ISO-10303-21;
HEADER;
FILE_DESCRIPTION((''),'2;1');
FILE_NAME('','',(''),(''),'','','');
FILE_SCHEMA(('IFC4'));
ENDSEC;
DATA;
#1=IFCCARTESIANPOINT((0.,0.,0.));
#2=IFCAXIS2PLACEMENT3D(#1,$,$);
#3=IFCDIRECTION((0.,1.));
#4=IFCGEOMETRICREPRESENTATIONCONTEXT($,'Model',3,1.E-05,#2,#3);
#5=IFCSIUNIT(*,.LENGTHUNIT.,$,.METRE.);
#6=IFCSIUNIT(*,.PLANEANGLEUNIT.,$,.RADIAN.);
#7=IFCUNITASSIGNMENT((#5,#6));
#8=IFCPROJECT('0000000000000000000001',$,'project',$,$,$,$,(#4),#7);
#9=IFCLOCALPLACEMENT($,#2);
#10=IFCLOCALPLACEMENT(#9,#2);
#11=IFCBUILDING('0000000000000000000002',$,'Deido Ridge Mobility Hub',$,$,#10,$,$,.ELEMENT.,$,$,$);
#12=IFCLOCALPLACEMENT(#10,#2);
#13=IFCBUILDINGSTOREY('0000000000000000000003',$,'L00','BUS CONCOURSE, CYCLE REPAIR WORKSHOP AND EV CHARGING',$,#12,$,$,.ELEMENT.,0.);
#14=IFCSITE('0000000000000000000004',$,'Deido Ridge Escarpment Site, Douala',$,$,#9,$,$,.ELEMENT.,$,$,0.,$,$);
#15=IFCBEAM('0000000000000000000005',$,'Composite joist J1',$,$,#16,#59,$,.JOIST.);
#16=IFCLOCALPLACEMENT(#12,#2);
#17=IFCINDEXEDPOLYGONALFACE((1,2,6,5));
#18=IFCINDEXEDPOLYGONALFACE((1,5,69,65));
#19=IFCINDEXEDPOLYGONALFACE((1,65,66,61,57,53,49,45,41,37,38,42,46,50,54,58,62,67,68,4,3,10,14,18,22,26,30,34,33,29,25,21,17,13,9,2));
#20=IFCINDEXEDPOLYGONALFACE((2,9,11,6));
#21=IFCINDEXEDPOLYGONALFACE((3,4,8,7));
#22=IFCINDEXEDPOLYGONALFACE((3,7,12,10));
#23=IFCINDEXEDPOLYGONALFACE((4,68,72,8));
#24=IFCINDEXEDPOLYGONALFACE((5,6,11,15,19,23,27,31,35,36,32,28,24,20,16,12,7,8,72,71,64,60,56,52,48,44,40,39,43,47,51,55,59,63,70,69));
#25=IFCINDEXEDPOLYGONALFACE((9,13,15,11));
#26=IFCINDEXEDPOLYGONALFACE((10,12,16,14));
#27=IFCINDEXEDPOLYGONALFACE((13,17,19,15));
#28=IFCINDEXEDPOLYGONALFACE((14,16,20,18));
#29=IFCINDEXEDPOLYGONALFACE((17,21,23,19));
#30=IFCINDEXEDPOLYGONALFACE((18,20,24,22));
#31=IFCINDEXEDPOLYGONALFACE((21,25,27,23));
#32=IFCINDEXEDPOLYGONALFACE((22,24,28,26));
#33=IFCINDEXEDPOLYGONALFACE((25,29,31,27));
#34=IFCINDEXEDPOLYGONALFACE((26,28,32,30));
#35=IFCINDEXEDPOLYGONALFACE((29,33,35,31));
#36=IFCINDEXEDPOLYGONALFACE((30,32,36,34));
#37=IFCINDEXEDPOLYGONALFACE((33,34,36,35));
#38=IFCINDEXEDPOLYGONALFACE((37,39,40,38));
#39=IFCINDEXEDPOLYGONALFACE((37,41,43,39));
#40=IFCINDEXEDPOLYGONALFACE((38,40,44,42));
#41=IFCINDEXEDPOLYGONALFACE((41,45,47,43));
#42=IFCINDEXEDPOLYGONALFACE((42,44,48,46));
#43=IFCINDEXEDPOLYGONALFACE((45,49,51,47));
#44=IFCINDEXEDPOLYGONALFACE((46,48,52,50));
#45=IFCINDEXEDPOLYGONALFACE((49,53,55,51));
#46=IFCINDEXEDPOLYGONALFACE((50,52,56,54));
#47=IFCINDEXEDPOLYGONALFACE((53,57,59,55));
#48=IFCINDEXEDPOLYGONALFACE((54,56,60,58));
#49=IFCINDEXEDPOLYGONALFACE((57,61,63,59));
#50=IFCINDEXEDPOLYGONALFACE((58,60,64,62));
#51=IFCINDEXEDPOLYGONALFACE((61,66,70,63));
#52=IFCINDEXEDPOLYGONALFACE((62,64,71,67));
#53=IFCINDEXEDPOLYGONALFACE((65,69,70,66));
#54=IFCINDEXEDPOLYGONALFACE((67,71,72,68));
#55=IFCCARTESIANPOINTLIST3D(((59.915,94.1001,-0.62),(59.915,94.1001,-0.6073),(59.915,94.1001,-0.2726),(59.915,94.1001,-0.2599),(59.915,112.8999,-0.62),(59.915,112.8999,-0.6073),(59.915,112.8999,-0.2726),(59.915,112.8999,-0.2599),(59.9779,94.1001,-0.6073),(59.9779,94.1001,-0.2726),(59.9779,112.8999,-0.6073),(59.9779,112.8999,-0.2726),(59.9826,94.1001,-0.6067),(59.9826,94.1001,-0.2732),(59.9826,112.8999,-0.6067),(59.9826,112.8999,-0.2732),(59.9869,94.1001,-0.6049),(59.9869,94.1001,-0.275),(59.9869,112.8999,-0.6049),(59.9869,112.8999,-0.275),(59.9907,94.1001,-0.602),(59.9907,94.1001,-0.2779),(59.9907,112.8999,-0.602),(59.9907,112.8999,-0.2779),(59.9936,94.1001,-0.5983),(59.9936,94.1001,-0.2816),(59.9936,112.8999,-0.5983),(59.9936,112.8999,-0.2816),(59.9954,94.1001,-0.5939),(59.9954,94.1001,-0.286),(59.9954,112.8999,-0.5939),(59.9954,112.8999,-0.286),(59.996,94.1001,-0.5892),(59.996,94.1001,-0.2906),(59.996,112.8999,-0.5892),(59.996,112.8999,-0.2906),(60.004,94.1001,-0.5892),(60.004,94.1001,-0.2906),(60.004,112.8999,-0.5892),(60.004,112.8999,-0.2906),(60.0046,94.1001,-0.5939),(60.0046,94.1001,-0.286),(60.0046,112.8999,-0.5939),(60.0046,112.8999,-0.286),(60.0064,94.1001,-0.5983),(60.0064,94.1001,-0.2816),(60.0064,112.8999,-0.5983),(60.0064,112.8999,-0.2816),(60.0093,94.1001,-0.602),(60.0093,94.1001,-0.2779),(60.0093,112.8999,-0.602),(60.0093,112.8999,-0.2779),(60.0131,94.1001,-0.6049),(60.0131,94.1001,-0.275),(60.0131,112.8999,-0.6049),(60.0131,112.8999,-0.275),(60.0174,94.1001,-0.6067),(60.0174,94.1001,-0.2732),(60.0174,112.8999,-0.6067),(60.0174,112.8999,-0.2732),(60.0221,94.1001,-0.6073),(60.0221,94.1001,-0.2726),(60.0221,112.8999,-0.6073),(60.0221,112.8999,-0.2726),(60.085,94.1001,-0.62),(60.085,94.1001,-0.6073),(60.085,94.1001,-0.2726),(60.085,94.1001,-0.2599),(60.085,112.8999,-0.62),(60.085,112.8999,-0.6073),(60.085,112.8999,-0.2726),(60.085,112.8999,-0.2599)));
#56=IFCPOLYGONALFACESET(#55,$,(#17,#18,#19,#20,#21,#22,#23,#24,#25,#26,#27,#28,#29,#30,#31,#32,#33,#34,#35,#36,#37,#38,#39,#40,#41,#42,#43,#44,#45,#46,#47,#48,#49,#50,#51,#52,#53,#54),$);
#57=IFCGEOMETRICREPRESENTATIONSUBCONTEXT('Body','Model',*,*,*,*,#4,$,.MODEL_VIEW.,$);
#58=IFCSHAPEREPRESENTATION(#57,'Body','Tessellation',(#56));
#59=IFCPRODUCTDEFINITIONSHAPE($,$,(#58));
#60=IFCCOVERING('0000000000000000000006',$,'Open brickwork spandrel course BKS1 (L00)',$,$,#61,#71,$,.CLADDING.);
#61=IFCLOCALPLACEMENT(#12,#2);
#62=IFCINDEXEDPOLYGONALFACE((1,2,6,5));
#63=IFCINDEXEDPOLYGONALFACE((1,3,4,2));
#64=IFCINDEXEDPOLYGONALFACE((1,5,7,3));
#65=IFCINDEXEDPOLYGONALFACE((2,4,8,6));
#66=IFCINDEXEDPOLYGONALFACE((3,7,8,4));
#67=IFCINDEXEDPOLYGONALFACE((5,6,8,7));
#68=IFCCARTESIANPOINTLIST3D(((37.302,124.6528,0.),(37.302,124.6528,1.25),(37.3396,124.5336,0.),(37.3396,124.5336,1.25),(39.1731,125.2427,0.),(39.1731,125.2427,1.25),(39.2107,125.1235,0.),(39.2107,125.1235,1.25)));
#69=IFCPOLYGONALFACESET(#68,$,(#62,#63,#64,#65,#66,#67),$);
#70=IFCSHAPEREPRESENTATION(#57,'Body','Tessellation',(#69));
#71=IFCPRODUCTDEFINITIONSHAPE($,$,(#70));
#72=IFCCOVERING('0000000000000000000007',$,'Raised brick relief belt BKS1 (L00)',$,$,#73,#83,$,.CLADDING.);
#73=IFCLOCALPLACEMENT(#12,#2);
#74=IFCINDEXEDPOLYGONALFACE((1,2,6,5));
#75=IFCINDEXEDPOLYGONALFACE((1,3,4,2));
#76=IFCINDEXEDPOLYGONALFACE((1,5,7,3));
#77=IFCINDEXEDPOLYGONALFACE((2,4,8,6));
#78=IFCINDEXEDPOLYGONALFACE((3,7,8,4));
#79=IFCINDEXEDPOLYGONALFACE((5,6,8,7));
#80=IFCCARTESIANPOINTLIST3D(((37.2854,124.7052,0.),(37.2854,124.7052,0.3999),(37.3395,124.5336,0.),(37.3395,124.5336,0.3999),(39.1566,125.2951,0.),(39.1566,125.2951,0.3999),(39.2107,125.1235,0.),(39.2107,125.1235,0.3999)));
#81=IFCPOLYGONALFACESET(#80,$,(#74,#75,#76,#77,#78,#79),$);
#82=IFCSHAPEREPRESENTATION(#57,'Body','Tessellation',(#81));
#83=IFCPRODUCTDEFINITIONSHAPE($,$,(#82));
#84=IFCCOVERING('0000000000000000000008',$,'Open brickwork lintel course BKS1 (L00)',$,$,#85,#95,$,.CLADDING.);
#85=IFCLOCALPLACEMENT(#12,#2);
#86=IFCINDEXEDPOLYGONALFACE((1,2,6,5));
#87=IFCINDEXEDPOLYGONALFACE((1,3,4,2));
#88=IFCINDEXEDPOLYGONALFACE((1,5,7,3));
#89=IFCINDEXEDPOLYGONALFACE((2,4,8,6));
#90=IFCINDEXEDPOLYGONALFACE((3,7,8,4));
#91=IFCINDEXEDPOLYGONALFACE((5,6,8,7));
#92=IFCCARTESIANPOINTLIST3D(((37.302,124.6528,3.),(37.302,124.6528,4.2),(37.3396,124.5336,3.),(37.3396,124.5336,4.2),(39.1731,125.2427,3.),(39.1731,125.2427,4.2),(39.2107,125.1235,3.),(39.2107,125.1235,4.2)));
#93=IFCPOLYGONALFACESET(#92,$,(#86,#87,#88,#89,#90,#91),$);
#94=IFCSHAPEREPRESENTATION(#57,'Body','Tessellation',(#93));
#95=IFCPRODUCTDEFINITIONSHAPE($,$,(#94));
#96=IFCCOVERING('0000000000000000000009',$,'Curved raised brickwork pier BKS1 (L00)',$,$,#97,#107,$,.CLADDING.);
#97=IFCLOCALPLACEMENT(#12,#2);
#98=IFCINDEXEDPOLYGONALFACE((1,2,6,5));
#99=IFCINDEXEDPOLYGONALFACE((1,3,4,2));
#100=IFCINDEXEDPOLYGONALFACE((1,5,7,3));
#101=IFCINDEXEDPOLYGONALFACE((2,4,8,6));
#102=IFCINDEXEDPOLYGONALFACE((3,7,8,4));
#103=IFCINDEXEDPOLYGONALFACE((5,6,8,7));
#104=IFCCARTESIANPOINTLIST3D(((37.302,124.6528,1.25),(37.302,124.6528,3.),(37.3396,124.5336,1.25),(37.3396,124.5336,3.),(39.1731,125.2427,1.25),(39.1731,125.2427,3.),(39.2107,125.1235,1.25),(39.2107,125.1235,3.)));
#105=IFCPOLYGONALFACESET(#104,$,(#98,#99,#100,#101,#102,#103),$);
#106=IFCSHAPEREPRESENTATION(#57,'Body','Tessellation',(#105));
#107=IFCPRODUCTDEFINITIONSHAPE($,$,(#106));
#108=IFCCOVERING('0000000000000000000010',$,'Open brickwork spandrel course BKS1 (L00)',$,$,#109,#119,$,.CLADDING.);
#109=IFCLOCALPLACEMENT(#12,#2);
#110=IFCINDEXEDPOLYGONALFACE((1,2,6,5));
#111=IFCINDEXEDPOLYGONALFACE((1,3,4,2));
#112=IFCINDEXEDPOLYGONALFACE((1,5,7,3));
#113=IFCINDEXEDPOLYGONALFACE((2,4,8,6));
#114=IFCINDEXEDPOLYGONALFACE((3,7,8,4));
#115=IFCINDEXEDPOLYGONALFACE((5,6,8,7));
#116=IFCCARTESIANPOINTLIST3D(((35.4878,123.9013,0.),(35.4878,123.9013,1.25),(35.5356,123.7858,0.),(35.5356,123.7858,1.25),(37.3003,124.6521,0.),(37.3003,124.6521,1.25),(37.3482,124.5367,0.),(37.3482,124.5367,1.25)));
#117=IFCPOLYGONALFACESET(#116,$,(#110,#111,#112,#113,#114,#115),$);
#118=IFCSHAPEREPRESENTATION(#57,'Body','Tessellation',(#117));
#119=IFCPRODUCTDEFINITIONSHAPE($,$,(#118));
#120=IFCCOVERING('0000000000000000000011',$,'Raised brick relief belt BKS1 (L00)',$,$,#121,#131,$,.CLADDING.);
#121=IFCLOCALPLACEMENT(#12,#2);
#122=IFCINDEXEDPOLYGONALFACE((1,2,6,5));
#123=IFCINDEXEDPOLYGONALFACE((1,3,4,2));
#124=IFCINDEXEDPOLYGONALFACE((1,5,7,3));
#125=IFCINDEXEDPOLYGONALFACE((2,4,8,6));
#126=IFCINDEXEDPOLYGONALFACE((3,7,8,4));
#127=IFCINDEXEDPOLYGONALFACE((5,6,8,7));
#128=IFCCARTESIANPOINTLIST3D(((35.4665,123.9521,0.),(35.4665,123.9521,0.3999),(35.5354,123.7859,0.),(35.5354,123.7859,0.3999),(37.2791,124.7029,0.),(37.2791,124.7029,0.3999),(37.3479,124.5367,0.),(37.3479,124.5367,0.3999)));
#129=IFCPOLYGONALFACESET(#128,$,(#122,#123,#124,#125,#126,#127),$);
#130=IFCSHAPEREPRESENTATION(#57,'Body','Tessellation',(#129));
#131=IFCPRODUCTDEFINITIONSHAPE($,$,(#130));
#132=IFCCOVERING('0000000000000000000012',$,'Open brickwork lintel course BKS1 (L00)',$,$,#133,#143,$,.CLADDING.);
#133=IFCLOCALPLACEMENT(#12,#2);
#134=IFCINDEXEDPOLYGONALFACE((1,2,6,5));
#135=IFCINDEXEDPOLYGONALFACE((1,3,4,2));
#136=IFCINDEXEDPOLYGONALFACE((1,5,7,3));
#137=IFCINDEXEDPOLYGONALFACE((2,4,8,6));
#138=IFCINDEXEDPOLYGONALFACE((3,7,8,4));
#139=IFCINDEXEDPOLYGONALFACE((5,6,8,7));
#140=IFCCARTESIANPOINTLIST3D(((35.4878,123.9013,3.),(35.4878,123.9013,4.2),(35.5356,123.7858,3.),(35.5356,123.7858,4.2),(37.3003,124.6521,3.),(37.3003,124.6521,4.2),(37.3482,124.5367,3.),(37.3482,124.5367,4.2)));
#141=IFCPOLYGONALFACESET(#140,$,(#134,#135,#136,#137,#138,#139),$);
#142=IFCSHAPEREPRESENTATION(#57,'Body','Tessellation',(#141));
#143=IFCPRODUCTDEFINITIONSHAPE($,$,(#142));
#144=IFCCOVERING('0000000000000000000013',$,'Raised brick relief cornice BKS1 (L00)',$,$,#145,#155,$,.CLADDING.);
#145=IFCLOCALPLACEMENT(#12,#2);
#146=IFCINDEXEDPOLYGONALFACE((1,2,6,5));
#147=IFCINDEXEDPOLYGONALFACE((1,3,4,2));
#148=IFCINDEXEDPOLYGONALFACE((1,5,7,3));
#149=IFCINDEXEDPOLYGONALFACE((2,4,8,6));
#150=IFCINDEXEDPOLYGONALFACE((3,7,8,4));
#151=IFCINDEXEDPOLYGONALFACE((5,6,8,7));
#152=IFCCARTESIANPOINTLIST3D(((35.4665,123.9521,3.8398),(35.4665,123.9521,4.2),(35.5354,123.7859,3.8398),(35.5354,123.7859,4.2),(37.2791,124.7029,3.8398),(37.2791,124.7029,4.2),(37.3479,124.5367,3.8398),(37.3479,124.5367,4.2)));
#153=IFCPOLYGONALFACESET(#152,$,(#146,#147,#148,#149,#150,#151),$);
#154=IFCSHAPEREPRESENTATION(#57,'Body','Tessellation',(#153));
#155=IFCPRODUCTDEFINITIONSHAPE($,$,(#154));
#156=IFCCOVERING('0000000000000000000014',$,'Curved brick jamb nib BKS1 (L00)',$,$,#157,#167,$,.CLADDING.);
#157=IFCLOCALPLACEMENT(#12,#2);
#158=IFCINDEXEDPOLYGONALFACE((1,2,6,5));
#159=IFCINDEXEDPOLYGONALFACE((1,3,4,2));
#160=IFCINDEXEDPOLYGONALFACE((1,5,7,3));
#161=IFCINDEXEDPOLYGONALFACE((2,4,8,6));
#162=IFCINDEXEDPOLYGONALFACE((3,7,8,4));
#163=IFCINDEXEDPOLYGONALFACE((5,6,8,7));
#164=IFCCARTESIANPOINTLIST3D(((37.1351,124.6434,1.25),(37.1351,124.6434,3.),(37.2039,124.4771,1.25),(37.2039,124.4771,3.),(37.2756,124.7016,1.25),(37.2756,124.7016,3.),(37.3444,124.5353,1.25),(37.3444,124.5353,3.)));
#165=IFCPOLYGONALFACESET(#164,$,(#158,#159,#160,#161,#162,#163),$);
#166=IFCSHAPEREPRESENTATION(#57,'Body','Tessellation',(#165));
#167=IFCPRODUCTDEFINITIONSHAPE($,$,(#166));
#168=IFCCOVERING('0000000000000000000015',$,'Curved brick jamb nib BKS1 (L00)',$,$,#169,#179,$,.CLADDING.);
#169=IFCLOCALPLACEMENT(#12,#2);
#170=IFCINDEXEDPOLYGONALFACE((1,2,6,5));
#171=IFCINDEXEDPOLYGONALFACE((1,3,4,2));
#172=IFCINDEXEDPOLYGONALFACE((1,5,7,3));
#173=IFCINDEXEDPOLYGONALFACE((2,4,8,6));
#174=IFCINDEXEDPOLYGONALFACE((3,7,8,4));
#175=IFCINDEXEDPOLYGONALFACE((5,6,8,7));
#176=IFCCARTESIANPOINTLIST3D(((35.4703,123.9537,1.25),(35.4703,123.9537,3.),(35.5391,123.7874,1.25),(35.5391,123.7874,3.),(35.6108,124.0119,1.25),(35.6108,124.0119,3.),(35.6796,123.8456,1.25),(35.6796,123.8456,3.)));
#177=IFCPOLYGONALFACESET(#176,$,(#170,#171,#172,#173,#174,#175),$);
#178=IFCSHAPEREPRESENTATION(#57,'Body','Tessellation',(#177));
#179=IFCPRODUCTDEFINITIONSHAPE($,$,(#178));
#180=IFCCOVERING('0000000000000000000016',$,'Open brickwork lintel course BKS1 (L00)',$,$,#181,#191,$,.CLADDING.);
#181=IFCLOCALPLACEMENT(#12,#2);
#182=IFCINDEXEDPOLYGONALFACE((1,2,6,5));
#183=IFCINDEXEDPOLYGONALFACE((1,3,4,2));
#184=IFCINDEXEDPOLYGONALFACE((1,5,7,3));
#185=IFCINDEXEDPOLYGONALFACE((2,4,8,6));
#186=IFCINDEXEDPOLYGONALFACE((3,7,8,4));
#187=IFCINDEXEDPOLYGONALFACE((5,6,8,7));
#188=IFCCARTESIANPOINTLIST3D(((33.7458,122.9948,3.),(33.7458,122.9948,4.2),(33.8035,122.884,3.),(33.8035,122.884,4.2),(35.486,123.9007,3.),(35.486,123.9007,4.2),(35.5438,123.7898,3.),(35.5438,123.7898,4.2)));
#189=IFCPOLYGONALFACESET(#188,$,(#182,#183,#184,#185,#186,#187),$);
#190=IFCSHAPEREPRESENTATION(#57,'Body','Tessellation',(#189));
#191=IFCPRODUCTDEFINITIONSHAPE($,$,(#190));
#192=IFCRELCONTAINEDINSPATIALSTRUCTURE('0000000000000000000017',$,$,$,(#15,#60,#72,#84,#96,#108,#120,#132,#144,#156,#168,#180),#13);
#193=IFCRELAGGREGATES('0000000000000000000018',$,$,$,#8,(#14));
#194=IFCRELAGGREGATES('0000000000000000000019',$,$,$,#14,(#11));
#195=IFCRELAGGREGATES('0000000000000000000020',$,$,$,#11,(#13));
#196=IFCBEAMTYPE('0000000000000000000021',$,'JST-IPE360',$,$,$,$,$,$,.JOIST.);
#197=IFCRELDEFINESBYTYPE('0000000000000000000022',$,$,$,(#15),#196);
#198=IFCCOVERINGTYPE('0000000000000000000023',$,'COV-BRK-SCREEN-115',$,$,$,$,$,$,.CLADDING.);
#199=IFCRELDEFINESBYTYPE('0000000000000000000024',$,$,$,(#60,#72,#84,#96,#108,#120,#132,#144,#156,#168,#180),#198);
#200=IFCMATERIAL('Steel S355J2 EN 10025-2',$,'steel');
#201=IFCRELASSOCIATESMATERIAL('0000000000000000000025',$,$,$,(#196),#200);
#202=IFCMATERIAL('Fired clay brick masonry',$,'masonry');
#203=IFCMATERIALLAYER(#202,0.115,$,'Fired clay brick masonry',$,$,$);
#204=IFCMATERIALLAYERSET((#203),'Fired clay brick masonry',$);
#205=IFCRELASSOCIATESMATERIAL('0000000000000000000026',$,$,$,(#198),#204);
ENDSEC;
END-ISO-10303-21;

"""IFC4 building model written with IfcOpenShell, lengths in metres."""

from ifc_helpers import new_model, si_unit, direction, frame, origin, origin_2d, place, context, subcontext, project, spatial, rectangle, i_section, extrude, material, layer, layer_set, material_profile, profile_set, type_object, element, save


model = new_model("IFC4")

# Units and contexts
model_context = context("Model", 3, precision=1e-05, world=origin(), true_north=direction((0.0, 1.0)))
body_context = subcontext(model_context, "Body", "Model", "MODEL_VIEW")
ifc_project = project(units=[si_unit("LENGTHUNIT", "METRE"), si_unit("PLANEANGLEUNIT", "RADIAN")], contexts=[model_context])

# Site, building, storey
site_placement = place(None, origin())
site = spatial("IfcSite", under=ifc_project, at=site_placement, Name="Deido Ridge Escarpment Site, Douala", CompositionType="ELEMENT", RefElevation=0.0)
building_placement = place(site_placement, origin())
building = spatial("IfcBuilding", under=site, at=building_placement, Name="Deido Ridge Mobility Hub", CompositionType="ELEMENT")
storey_placement = place(building_placement, origin())
storey = spatial("IfcBuildingStorey", under=building, at=storey_placement, Name="L00", Description="BUS CONCOURSE, CYCLE REPAIR WORKSHOP AND EV CHARGING", CompositionType="ELEMENT", Elevation=0.0)

# Shared definitions
ifc_material_1 = material(Name="Steel S355J2 EN 10025-2", Category="steel")

# Beam
ifc_material_profile_1 = material_profile(ifc_material_1, i_section(OverallWidth=0.1699, OverallDepth=0.3601, WebThickness=0.0081, FlangeThickness=0.0127, FilletRadius=0.0181, at=origin_2d()), Name="IPE 360")
ifc_profile_set_1 = profile_set([ifc_material_profile_1], Name="Steel S355J2 EN 10025-2")
beam_type_1 = type_object("IfcBeamType", Name="JST-IPE360", PredefinedType="JOIST", material=ifc_profile_set_1)
for number, where, z_axis, x_axis, name in (
    (1, (60.0, 94.1001, -0.4399), (0.0, 1.0, 0.0), (-1.0, 0.0, 0.0), "Composite joist J1"),
):
    element("IfcBeam", number, at=place(storey_placement, frame(where, z_axis=z_axis, x_axis=x_axis)), inside=storey, type_object=beam_type_1, Name=name, PredefinedType="JOIST", context=body_context, shape_type="SweptSolid", body=[
        extrude(i_section(OverallWidth=0.1699, OverallDepth=0.3601, WebThickness=0.0081, FlangeThickness=0.0127, FilletRadius=0.0181, at=origin_2d()), origin(), (0.0, 0.0, 1.0), 18.7998),
    ])

# Coverings
ifc_material_2 = material(Name="Fired clay brick masonry", Category="masonry")
ifc_layer = layer(ifc_material_2, 0.115, Name="Fired clay brick masonry")
ifc_layer_set = layer_set([ifc_layer], Name="Fired clay brick masonry")
covering_type = type_object("IfcCoveringType", Name="COV-BRK-SCREEN-115", PredefinedType="CLADDING", material=ifc_layer_set)
covering_1_placement = place(storey_placement, frame((38.2563, 124.8882, 0.0), z_axis=(0.0, 0.0, 1.0), x_axis=(-0.953727, -0.300673, 0.0)))
element("IfcCovering", 2, at=covering_1_placement, inside=storey, type_object=covering_type, Name="Open brickwork spandrel course BKS1 (L00)", PredefinedType="CLADDING", context=body_context, shape_type="SweptSolid", body=[
    extrude(rectangle(XDim=1.9619, YDim=0.125, at=origin_2d()), origin(), (0.0, 0.0, 1.0), 1.25),
])
covering_2_placement = place(storey_placement, frame((38.248, 124.9143, 0.0), z_axis=(0.0, 0.0, 1.0), x_axis=(-0.953727, -0.300673, 0.0)))
element("IfcCovering", 3, at=covering_2_placement, inside=storey, type_object=covering_type, Name="Raised brick relief belt BKS1 (L00)", PredefinedType="CLADDING", context=body_context, shape_type="SweptSolid", body=[
    extrude(rectangle(XDim=1.9619, YDim=0.1799, at=origin_2d()), origin(), (0.0, 0.0, 1.0), 0.3999),
])
covering_3_placement = place(storey_placement, frame((38.2563, 124.8882, 3.0), z_axis=(0.0, 0.0, 1.0), x_axis=(-0.953727, -0.300673, 0.0)))
element("IfcCovering", 4, at=covering_3_placement, inside=storey, type_object=covering_type, Name="Open brickwork lintel course BKS1 (L00)", PredefinedType="CLADDING", context=body_context, shape_type="SweptSolid", body=[
    extrude(rectangle(XDim=1.9619, YDim=0.125, at=origin_2d()), origin(), (0.0, 0.0, 1.0), 1.2),
])
covering_4_placement = place(storey_placement, frame((38.2563, 124.8882, 1.25), z_axis=(0.0, 0.0, 1.0), x_axis=(-0.953727, -0.300673, 0.0)))
element("IfcCovering", 5, at=covering_4_placement, inside=storey, type_object=covering_type, Name="Curved raised brickwork pier BKS1 (L00)", PredefinedType="CLADDING", context=body_context, shape_type="SweptSolid", body=[
    extrude(rectangle(XDim=1.9619, YDim=0.125, at=origin_2d()), origin(), (0.0, 0.0, 1.0), 1.75),
])
covering_5_placement = place(storey_placement, frame((36.418, 124.219, 0.0), z_axis=(0.0, 0.0, 1.0), x_axis=(-0.923873, -0.3827, 0.0)))
element("IfcCovering", 6, at=covering_5_placement, inside=storey, type_object=covering_type, Name="Open brickwork spandrel course BKS1 (L00)", PredefinedType="CLADDING", context=body_context, shape_type="SweptSolid", body=[
    extrude(rectangle(XDim=1.9619, YDim=0.125, at=origin_2d()), origin(), (0.0, 0.0, 1.0), 1.25),
])
covering_6_placement = place(storey_placement, frame((36.4072, 124.2444, 0.0), z_axis=(0.0, 0.0, 1.0), x_axis=(-0.923873, -0.3827, 0.0)))
element("IfcCovering", 7, at=covering_6_placement, inside=storey, type_object=covering_type, Name="Raised brick relief belt BKS1 (L00)", PredefinedType="CLADDING", context=body_context, shape_type="SweptSolid", body=[
    extrude(rectangle(XDim=1.9619, YDim=0.1799, at=origin_2d()), origin(), (0.0, 0.0, 1.0), 0.3999),
])
covering_7_placement = place(storey_placement, frame((36.418, 124.219, 3.0), z_axis=(0.0, 0.0, 1.0), x_axis=(-0.923873, -0.3827, 0.0)))
element("IfcCovering", 8, at=covering_7_placement, inside=storey, type_object=covering_type, Name="Open brickwork lintel course BKS1 (L00)", PredefinedType="CLADDING", context=body_context, shape_type="SweptSolid", body=[
    extrude(rectangle(XDim=1.9619, YDim=0.125, at=origin_2d()), origin(), (0.0, 0.0, 1.0), 1.2),
])
covering_8_placement = place(storey_placement, frame((36.4072, 124.2444, 3.8398), z_axis=(0.0, 0.0, 1.0), x_axis=(-0.923873, -0.3827, 0.0)))
element("IfcCovering", 9, at=covering_8_placement, inside=storey, type_object=covering_type, Name="Raised brick relief cornice BKS1 (L00)", PredefinedType="CLADDING", context=body_context, shape_type="SweptSolid", body=[
    extrude(rectangle(XDim=1.9619, YDim=0.1799, at=origin_2d()), origin(), (0.0, 0.0, 1.0), 0.3601),
])
for number, where, z_axis, x_axis, name in (
    (10, (37.2397, 124.5894, 1.25), (0.0, 0.0, 1.0), (-0.923873, -0.3827, 0.0), "Curved brick jamb nib BKS1 (L00)"),
    (11, (35.575, 123.8997, 1.25), (0.0, 0.0, 1.0), (-0.923873, -0.3827, 0.0), "Curved brick jamb nib BKS1 (L00)"),
):
    element("IfcCovering", number, at=place(storey_placement, frame(where, z_axis=z_axis, x_axis=x_axis)), inside=storey, type_object=covering_type, Name=name, PredefinedType="CLADDING", context=body_context, shape_type="SweptSolid", body=[
        extrude(rectangle(XDim=0.1521, YDim=0.1799, at=origin_2d()), origin(), (0.0, 0.0, 1.0), 1.75),
    ])
covering_9_placement = place(storey_placement, frame((34.6448, 123.3923, 3.0), z_axis=(0.0, 0.0, 1.0), x_axis=(-0.887019, -0.461733, 0.0)))
element("IfcCovering", 12, at=covering_9_placement, inside=storey, type_object=covering_type, Name="Open brickwork lintel course BKS1 (L00)", PredefinedType="CLADDING", context=body_context, shape_type="SweptSolid", body=[
    extrude(rectangle(XDim=1.9619, YDim=0.125, at=origin_2d()), origin(), (0.0, 0.0, 1.0), 1.2),
])

save(model, "model.ifc")
